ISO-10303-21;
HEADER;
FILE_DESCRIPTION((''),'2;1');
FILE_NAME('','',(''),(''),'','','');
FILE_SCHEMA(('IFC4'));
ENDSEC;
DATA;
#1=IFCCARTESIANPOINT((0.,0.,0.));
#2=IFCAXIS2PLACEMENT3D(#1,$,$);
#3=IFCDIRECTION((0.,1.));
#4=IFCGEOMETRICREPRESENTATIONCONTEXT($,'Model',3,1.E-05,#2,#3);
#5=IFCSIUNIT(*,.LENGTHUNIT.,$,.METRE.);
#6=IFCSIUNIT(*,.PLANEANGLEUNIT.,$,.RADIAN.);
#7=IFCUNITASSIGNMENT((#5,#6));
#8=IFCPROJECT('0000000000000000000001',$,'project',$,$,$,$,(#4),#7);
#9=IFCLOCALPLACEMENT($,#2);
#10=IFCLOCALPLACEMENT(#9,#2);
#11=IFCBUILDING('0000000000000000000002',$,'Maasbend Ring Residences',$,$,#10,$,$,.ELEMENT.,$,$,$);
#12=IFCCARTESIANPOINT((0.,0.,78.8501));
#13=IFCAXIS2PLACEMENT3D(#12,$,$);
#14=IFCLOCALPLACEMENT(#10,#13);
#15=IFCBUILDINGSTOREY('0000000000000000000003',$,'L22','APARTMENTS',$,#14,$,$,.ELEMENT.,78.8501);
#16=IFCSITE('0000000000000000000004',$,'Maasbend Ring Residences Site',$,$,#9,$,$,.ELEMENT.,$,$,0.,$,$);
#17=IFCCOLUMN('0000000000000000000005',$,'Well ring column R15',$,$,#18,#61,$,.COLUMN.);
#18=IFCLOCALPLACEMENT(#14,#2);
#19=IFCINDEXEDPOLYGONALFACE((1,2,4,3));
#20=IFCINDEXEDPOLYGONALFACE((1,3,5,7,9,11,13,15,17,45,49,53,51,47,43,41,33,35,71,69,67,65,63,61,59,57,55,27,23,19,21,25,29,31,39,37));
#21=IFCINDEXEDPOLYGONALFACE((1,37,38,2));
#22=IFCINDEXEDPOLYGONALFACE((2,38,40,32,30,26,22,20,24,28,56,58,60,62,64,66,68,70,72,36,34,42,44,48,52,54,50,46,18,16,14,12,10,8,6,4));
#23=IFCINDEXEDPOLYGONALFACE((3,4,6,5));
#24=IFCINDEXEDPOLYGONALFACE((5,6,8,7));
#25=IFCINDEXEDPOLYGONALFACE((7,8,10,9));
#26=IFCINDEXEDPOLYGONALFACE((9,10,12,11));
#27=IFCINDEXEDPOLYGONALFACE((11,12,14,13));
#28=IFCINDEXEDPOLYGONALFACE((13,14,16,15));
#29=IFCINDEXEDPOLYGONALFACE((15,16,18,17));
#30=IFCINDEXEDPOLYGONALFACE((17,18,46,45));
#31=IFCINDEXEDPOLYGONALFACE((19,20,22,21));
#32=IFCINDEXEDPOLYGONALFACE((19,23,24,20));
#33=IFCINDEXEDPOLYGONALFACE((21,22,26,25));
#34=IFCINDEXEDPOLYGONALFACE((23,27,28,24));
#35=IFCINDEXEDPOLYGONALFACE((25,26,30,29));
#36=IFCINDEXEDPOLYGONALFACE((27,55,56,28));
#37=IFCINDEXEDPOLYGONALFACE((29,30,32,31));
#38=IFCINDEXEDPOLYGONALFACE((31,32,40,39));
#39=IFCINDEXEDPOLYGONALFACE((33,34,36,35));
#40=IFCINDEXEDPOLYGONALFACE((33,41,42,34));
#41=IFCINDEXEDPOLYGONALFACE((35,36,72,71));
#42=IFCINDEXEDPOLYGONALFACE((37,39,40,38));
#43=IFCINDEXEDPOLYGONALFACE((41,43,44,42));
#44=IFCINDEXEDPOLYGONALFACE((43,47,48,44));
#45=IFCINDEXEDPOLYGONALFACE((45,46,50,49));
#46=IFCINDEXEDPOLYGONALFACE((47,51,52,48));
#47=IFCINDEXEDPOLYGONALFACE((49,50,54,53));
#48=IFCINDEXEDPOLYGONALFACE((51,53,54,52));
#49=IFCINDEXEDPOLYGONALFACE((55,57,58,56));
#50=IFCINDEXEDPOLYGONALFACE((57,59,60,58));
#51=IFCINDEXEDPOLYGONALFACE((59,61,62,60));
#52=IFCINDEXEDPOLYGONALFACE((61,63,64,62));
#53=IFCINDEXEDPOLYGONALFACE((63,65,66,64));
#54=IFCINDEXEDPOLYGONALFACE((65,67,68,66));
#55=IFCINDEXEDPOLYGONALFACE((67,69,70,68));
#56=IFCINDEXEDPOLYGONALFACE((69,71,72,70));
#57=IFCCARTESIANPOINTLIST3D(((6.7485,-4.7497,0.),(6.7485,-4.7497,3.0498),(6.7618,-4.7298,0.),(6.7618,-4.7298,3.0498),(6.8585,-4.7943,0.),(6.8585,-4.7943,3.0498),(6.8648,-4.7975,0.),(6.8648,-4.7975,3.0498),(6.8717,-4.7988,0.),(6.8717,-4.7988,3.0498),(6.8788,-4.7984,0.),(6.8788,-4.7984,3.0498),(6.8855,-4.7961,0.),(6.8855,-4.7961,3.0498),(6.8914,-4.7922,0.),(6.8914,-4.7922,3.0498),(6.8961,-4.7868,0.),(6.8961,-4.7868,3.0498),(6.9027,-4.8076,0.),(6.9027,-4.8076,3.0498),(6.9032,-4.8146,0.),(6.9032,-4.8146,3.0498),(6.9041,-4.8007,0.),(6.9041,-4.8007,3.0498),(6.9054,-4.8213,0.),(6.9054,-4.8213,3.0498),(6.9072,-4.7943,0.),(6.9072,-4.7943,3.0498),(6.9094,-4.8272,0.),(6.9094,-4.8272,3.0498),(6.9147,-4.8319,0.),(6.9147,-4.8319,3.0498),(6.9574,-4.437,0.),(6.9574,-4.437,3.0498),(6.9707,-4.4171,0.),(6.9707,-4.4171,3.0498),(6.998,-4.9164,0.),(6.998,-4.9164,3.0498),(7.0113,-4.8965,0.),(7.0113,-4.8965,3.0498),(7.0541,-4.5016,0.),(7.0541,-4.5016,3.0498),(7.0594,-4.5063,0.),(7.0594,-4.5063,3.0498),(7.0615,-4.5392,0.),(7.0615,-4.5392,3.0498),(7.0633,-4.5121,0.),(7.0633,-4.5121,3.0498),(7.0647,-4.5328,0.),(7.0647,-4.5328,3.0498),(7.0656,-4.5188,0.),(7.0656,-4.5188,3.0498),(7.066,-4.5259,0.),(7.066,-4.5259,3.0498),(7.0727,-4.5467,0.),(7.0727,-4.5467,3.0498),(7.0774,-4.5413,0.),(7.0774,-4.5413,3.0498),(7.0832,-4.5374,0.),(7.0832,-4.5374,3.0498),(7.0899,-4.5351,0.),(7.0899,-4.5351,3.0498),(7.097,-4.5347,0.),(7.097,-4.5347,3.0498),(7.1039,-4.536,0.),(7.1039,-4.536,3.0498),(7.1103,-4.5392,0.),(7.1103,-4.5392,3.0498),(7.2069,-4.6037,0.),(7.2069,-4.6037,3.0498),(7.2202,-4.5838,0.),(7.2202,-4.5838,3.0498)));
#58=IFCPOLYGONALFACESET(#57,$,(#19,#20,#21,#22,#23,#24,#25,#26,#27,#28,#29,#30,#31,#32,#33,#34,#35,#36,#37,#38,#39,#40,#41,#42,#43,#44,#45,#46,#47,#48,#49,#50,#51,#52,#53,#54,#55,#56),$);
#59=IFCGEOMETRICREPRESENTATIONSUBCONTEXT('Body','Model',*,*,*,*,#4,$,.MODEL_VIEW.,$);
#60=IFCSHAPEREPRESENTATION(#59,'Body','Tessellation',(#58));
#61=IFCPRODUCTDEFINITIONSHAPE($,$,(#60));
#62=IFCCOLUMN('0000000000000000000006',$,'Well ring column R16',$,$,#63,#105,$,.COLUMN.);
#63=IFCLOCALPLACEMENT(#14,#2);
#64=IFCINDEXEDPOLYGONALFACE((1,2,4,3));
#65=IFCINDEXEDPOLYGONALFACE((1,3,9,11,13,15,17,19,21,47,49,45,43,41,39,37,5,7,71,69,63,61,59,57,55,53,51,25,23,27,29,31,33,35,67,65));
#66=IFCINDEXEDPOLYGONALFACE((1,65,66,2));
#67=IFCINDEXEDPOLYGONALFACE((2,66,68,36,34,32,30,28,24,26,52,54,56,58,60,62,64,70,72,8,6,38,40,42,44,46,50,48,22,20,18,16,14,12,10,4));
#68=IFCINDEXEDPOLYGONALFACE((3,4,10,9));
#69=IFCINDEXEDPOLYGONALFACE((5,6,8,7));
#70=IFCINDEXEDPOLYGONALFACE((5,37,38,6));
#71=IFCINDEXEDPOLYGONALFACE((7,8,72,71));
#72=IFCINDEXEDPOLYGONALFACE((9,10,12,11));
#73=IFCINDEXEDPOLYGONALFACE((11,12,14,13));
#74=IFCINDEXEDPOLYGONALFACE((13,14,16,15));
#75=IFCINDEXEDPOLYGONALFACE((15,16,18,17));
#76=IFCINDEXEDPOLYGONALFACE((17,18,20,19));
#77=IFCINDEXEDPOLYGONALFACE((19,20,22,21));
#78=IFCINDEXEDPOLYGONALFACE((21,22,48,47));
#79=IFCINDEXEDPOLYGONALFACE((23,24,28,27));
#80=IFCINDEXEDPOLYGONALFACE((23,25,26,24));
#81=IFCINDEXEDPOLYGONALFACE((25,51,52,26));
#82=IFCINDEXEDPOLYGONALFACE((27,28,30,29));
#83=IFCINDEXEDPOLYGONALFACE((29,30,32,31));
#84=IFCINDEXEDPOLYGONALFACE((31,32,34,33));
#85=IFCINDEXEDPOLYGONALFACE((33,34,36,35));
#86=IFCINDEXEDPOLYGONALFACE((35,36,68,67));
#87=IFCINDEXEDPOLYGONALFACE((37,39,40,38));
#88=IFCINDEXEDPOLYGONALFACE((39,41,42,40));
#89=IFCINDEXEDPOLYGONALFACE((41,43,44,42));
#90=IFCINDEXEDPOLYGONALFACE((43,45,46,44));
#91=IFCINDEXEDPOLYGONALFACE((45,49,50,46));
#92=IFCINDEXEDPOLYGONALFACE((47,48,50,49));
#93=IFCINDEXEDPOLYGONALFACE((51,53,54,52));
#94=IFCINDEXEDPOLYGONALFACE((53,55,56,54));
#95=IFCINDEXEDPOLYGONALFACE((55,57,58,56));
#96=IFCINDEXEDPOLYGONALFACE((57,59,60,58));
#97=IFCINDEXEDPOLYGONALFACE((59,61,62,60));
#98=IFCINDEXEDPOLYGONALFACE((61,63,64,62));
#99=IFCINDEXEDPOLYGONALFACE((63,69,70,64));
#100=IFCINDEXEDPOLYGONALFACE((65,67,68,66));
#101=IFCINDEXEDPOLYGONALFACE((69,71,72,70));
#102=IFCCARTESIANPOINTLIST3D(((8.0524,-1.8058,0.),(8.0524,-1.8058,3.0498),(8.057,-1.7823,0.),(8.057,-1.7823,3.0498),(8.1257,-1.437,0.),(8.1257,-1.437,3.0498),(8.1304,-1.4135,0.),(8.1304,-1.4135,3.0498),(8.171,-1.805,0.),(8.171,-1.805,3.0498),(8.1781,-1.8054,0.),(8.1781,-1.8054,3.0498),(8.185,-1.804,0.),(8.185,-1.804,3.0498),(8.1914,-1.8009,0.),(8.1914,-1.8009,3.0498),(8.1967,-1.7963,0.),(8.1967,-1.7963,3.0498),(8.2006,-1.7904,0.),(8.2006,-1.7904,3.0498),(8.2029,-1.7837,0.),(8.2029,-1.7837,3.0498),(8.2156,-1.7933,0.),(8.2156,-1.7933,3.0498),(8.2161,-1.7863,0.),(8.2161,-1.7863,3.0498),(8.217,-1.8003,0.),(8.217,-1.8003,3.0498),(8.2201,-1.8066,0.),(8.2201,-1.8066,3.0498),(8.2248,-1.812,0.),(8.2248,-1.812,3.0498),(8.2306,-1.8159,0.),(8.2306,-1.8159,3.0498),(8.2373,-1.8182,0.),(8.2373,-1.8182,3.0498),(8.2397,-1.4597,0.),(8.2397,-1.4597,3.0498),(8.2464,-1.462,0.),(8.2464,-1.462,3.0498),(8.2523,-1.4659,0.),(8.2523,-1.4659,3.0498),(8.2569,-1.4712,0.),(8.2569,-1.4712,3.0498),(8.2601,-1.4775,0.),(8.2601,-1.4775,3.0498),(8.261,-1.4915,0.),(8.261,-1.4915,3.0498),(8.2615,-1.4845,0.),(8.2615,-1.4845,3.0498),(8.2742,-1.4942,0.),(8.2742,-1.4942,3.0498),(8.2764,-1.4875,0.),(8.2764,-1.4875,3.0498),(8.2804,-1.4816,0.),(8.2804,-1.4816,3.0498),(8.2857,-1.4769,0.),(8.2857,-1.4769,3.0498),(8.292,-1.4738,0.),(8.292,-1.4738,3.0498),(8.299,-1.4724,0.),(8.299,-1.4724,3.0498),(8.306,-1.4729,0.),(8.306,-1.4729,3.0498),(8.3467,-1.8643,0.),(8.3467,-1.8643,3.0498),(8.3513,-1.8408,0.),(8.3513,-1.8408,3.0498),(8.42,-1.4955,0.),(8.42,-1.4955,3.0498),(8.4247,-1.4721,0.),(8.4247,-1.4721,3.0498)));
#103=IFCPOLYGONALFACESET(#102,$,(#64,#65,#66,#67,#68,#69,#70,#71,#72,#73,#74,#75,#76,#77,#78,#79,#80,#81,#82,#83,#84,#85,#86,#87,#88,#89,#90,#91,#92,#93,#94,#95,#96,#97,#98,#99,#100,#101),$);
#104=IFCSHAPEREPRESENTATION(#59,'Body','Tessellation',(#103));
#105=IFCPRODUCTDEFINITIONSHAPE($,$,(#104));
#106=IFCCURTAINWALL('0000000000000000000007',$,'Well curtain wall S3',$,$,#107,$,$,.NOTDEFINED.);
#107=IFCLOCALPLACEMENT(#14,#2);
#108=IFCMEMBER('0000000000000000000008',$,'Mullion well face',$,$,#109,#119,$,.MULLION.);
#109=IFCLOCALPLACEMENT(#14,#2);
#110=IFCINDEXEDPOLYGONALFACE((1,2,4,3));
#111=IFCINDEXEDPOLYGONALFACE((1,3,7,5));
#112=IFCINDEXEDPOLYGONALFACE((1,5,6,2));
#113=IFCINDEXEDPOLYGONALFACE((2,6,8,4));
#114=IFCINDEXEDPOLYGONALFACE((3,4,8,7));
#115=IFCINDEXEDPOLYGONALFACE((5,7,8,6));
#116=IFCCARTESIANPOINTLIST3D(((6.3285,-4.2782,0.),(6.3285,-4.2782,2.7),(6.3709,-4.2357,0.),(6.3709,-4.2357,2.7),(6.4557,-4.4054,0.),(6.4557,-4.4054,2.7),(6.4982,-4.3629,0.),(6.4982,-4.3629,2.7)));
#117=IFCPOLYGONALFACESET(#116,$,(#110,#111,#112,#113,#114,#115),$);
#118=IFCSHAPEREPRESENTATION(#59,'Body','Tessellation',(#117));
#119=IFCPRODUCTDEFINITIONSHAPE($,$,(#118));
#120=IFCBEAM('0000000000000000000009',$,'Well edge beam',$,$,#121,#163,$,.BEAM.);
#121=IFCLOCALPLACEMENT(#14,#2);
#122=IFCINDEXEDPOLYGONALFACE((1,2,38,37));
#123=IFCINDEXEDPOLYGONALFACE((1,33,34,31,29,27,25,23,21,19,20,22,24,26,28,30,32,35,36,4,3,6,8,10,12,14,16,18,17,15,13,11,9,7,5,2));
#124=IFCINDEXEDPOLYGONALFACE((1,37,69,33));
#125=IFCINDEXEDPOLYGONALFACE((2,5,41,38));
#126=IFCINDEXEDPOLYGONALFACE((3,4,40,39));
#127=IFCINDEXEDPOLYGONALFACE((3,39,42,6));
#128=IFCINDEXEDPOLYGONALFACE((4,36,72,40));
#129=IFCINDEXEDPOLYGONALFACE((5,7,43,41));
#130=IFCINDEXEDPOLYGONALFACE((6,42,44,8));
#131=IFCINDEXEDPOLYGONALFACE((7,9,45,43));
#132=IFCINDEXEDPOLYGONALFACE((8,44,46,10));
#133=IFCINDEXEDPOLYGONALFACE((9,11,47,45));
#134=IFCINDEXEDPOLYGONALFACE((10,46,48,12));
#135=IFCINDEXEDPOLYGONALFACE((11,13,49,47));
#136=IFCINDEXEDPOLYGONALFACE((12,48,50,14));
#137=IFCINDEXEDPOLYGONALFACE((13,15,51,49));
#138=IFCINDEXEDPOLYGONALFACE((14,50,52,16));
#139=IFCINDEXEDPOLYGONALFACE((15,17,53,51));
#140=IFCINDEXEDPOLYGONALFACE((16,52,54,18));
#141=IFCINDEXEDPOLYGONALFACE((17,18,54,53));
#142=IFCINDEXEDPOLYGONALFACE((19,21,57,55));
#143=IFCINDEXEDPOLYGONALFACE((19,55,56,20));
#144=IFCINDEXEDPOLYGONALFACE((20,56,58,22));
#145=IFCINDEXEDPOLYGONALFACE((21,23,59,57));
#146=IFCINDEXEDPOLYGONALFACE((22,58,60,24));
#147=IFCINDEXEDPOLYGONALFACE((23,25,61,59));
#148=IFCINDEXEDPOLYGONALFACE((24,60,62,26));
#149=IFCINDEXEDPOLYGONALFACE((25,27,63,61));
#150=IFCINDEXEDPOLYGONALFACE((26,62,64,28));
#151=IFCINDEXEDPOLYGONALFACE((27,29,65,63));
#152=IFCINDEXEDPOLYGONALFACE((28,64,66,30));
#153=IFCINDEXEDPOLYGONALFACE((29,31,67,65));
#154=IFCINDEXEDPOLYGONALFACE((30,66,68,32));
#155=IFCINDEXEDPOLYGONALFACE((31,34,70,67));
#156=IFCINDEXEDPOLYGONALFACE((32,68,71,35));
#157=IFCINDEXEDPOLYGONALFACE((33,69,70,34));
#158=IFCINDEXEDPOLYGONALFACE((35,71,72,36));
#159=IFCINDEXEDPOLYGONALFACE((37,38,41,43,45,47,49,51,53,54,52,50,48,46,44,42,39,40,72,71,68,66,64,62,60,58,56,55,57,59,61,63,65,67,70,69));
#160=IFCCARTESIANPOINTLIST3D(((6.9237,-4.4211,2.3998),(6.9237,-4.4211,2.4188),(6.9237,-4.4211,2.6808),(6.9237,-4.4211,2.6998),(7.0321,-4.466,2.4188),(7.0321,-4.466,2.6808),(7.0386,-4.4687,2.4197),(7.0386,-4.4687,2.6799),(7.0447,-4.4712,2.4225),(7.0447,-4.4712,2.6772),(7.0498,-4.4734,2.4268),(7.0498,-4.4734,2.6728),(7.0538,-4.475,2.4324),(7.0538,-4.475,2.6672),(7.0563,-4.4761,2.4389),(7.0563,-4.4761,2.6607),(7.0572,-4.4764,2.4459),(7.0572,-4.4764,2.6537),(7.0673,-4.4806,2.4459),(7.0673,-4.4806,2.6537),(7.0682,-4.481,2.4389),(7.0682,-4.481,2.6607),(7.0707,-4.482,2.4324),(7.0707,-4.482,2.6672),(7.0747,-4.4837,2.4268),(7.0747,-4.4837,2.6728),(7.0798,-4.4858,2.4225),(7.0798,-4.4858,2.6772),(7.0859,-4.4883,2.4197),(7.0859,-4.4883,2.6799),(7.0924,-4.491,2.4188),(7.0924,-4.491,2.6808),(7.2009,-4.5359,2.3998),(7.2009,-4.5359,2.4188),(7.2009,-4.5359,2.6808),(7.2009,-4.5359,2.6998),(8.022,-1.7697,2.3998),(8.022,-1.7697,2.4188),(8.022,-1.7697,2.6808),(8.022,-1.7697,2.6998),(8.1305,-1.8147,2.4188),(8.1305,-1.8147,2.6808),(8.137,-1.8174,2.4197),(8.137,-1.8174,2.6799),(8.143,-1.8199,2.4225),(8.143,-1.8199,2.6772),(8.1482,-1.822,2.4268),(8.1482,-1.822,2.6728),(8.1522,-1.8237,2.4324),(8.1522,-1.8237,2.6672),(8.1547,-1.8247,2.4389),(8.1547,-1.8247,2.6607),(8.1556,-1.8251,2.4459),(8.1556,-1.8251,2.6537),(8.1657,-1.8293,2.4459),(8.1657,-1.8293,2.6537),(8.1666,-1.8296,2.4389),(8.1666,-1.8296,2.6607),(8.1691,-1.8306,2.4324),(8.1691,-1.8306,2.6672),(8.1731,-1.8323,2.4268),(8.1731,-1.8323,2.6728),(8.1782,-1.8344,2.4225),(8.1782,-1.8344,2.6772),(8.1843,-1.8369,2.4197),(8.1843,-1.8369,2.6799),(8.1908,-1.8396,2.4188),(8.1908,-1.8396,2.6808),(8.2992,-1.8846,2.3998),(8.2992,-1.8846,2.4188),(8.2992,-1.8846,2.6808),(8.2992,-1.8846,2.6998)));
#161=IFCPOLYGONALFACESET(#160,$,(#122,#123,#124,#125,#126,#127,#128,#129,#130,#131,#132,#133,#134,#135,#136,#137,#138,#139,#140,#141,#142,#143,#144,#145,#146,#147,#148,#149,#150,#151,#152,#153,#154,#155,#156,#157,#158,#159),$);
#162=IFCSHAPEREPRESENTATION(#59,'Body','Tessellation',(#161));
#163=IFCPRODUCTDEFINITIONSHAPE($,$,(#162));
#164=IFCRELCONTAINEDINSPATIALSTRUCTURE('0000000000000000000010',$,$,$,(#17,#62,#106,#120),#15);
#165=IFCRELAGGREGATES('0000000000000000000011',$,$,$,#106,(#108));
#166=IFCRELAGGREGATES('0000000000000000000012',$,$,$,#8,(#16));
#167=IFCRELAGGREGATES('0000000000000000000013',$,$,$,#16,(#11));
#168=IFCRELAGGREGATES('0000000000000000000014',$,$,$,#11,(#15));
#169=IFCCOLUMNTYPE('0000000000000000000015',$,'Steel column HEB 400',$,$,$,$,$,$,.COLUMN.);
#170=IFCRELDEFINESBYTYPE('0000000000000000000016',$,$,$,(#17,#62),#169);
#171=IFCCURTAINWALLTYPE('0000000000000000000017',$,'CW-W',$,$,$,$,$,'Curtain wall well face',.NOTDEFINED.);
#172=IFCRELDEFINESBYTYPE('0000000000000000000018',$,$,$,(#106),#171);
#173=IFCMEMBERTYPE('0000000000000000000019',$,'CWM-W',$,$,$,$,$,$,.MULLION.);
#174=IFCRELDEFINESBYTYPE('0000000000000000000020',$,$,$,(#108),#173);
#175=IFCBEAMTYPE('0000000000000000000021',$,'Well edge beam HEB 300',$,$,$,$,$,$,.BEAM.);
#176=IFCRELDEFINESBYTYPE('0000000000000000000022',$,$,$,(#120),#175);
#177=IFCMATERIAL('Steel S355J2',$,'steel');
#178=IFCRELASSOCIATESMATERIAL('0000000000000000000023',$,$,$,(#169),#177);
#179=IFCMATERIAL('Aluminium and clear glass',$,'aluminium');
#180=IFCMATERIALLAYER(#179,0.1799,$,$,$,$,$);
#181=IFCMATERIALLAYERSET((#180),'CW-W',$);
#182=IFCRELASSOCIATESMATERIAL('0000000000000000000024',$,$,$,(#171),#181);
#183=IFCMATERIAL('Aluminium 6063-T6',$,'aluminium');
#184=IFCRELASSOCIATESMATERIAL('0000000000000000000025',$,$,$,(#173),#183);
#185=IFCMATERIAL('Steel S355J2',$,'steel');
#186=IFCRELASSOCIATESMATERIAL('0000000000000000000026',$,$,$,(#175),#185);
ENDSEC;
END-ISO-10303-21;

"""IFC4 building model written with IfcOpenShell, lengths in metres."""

from ifc_helpers import new_model, si_unit, direction, frame, origin, origin_2d, place, context, subcontext, project, spatial, rectangle, i_section, extrude, material, layer, layer_set, material_profile, profile_set, type_object, element, aggregate, save


model = new_model("IFC4")

# Units and contexts
model_context = context("Model", 3, precision=1e-05, world=origin(), true_north=direction((0.0, 1.0)))
body_context = subcontext(model_context, "Body", "Model", "MODEL_VIEW")
ifc_project = project(units=[si_unit("LENGTHUNIT", "METRE"), si_unit("PLANEANGLEUNIT", "RADIAN")], contexts=[model_context])

# Site, building, storey
site_placement = place(None, origin())
site = spatial("IfcSite", under=ifc_project, at=site_placement, Name="Maasbend Ring Residences Site", CompositionType="ELEMENT", RefElevation=0.0)
building_placement = place(site_placement, origin())
building = spatial("IfcBuilding", under=site, at=building_placement, Name="Maasbend Ring Residences", CompositionType="ELEMENT")
storey_placement = place(building_placement, frame((0.0, 0.0, 78.8501)))
storey = spatial("IfcBuildingStorey", under=building, at=storey_placement, Name="L22", Description="APARTMENTS", CompositionType="ELEMENT", Elevation=78.8501)

# Columns
ifc_material_1 = material(Name="Steel S355J2", Category="steel")
ifc_material_profile_1 = material_profile(ifc_material_1, i_section(OverallWidth=0.3, OverallDepth=0.3999, WebThickness=0.0134, FlangeThickness=0.0239, FilletRadius=0.0271, at=origin_2d()), Name="HEB 400")
ifc_profile_set_1 = profile_set([ifc_material_profile_1], Name="Steel S355J2")
column_type = type_object("IfcColumnType", Name="Steel column HEB 400", PredefinedType="COLUMN", material=ifc_profile_set_1)
for number, where, z_axis, x_axis, name in (
    (1, (6.9844, -4.6667, 0.0), (0.0, 0.0, 1.0), (0.83147, -0.55557, 0.0), "Well ring column R15"),
    (2, (8.2385, -1.6389, 0.0), (0.0, 0.0, 1.0), (0.980785, -0.19509, 0.0), "Well ring column R16"),
):
    element("IfcColumn", number, at=place(storey_placement, frame(where, z_axis=z_axis, x_axis=x_axis)), inside=storey, type_object=column_type, Name=name, PredefinedType="COLUMN", context=body_context, shape_type="SweptSolid", body=[
        extrude(i_section(OverallWidth=0.3, OverallDepth=0.3999, WebThickness=0.0134, FlangeThickness=0.0239, FilletRadius=0.0271, at=origin_2d()), origin(), (0.0, 0.0, 1.0), 3.0498),
    ])

# Curtain wall, member
ifc_material_2 = material(Name="Aluminium and clear glass", Category="aluminium")
ifc_layer_1 = layer(ifc_material_2, 0.1799)
ifc_layer_set_1 = layer_set([ifc_layer_1], Name="CW-W")
curtain_wall_type = type_object("IfcCurtainWallType", Name="CW-W", ElementType="Curtain wall well face", PredefinedType="NOTDEFINED", material=ifc_layer_set_1)
curtain_wall_placement = place(storey_placement, origin())
curtain_wall = element("IfcCurtainWall", 3, at=curtain_wall_placement, inside=storey, type_object=curtain_wall_type, Name="Well curtain wall S3", PredefinedType="NOTDEFINED")
ifc_material_3 = material(Name="Aluminium 6063-T6", Category="aluminium")
ifc_material_profile_2 = material_profile(ifc_material_3, rectangle(XDim=0.1799, YDim=0.0601, at=origin_2d()), Name="AL 180x60")
ifc_profile_set_2 = profile_set([ifc_material_profile_2], Name="Aluminium 6063-T6")
member_type = type_object("IfcMemberType", Name="CWM-W", PredefinedType="MULLION", material=ifc_profile_set_2)
member_placement = place(storey_placement, frame((6.4133, -4.3206, 0.0), z_axis=(0.0, 0.0, 1.0), x_axis=(-0.707107, 0.707107, 0.0)))
member = element("IfcMember", 4, at=member_placement, type_object=member_type, Name="Mullion well face", PredefinedType="MULLION", context=body_context, shape_type="SweptSolid", body=[
    extrude(rectangle(XDim=0.1799, YDim=0.0601, at=origin_2d()), origin(), (0.0, 0.0, 1.0), 2.7),
])

# Beam
ifc_material_4 = material(Name="Steel S355J2", Category="steel")
ifc_material_profile_3 = material_profile(ifc_material_4, i_section(OverallWidth=0.3, OverallDepth=0.3, WebThickness=0.011, FlangeThickness=0.019, FilletRadius=0.0271, at=origin_2d()), Name="HEB 300")
ifc_profile_set_3 = profile_set([ifc_material_profile_3], Name="Steel S355J2")
beam_type = type_object("IfcBeamType", Name="Well edge beam HEB 300", PredefinedType="BEAM", material=ifc_profile_set_3)
beam_1_placement = place(storey_placement, frame((7.0623, -4.4785, 2.5498), z_axis=(0.38273, 0.92386, 0.0), x_axis=(-0.92386, 0.38273, 0.0)))
element("IfcBeam", 5, at=beam_1_placement, inside=storey, type_object=beam_type, Name="Well edge beam", PredefinedType="BEAM", context=body_context, shape_type="SweptSolid", body=[
    extrude(i_section(OverallWidth=0.3, OverallDepth=0.3, WebThickness=0.011, FlangeThickness=0.019, FilletRadius=0.0271, at=origin_2d()), origin(), (0.0, 0.0, 1.0), 2.8699),
])

aggregate(curtain_wall, [member])

save(model, "model.ifc")
